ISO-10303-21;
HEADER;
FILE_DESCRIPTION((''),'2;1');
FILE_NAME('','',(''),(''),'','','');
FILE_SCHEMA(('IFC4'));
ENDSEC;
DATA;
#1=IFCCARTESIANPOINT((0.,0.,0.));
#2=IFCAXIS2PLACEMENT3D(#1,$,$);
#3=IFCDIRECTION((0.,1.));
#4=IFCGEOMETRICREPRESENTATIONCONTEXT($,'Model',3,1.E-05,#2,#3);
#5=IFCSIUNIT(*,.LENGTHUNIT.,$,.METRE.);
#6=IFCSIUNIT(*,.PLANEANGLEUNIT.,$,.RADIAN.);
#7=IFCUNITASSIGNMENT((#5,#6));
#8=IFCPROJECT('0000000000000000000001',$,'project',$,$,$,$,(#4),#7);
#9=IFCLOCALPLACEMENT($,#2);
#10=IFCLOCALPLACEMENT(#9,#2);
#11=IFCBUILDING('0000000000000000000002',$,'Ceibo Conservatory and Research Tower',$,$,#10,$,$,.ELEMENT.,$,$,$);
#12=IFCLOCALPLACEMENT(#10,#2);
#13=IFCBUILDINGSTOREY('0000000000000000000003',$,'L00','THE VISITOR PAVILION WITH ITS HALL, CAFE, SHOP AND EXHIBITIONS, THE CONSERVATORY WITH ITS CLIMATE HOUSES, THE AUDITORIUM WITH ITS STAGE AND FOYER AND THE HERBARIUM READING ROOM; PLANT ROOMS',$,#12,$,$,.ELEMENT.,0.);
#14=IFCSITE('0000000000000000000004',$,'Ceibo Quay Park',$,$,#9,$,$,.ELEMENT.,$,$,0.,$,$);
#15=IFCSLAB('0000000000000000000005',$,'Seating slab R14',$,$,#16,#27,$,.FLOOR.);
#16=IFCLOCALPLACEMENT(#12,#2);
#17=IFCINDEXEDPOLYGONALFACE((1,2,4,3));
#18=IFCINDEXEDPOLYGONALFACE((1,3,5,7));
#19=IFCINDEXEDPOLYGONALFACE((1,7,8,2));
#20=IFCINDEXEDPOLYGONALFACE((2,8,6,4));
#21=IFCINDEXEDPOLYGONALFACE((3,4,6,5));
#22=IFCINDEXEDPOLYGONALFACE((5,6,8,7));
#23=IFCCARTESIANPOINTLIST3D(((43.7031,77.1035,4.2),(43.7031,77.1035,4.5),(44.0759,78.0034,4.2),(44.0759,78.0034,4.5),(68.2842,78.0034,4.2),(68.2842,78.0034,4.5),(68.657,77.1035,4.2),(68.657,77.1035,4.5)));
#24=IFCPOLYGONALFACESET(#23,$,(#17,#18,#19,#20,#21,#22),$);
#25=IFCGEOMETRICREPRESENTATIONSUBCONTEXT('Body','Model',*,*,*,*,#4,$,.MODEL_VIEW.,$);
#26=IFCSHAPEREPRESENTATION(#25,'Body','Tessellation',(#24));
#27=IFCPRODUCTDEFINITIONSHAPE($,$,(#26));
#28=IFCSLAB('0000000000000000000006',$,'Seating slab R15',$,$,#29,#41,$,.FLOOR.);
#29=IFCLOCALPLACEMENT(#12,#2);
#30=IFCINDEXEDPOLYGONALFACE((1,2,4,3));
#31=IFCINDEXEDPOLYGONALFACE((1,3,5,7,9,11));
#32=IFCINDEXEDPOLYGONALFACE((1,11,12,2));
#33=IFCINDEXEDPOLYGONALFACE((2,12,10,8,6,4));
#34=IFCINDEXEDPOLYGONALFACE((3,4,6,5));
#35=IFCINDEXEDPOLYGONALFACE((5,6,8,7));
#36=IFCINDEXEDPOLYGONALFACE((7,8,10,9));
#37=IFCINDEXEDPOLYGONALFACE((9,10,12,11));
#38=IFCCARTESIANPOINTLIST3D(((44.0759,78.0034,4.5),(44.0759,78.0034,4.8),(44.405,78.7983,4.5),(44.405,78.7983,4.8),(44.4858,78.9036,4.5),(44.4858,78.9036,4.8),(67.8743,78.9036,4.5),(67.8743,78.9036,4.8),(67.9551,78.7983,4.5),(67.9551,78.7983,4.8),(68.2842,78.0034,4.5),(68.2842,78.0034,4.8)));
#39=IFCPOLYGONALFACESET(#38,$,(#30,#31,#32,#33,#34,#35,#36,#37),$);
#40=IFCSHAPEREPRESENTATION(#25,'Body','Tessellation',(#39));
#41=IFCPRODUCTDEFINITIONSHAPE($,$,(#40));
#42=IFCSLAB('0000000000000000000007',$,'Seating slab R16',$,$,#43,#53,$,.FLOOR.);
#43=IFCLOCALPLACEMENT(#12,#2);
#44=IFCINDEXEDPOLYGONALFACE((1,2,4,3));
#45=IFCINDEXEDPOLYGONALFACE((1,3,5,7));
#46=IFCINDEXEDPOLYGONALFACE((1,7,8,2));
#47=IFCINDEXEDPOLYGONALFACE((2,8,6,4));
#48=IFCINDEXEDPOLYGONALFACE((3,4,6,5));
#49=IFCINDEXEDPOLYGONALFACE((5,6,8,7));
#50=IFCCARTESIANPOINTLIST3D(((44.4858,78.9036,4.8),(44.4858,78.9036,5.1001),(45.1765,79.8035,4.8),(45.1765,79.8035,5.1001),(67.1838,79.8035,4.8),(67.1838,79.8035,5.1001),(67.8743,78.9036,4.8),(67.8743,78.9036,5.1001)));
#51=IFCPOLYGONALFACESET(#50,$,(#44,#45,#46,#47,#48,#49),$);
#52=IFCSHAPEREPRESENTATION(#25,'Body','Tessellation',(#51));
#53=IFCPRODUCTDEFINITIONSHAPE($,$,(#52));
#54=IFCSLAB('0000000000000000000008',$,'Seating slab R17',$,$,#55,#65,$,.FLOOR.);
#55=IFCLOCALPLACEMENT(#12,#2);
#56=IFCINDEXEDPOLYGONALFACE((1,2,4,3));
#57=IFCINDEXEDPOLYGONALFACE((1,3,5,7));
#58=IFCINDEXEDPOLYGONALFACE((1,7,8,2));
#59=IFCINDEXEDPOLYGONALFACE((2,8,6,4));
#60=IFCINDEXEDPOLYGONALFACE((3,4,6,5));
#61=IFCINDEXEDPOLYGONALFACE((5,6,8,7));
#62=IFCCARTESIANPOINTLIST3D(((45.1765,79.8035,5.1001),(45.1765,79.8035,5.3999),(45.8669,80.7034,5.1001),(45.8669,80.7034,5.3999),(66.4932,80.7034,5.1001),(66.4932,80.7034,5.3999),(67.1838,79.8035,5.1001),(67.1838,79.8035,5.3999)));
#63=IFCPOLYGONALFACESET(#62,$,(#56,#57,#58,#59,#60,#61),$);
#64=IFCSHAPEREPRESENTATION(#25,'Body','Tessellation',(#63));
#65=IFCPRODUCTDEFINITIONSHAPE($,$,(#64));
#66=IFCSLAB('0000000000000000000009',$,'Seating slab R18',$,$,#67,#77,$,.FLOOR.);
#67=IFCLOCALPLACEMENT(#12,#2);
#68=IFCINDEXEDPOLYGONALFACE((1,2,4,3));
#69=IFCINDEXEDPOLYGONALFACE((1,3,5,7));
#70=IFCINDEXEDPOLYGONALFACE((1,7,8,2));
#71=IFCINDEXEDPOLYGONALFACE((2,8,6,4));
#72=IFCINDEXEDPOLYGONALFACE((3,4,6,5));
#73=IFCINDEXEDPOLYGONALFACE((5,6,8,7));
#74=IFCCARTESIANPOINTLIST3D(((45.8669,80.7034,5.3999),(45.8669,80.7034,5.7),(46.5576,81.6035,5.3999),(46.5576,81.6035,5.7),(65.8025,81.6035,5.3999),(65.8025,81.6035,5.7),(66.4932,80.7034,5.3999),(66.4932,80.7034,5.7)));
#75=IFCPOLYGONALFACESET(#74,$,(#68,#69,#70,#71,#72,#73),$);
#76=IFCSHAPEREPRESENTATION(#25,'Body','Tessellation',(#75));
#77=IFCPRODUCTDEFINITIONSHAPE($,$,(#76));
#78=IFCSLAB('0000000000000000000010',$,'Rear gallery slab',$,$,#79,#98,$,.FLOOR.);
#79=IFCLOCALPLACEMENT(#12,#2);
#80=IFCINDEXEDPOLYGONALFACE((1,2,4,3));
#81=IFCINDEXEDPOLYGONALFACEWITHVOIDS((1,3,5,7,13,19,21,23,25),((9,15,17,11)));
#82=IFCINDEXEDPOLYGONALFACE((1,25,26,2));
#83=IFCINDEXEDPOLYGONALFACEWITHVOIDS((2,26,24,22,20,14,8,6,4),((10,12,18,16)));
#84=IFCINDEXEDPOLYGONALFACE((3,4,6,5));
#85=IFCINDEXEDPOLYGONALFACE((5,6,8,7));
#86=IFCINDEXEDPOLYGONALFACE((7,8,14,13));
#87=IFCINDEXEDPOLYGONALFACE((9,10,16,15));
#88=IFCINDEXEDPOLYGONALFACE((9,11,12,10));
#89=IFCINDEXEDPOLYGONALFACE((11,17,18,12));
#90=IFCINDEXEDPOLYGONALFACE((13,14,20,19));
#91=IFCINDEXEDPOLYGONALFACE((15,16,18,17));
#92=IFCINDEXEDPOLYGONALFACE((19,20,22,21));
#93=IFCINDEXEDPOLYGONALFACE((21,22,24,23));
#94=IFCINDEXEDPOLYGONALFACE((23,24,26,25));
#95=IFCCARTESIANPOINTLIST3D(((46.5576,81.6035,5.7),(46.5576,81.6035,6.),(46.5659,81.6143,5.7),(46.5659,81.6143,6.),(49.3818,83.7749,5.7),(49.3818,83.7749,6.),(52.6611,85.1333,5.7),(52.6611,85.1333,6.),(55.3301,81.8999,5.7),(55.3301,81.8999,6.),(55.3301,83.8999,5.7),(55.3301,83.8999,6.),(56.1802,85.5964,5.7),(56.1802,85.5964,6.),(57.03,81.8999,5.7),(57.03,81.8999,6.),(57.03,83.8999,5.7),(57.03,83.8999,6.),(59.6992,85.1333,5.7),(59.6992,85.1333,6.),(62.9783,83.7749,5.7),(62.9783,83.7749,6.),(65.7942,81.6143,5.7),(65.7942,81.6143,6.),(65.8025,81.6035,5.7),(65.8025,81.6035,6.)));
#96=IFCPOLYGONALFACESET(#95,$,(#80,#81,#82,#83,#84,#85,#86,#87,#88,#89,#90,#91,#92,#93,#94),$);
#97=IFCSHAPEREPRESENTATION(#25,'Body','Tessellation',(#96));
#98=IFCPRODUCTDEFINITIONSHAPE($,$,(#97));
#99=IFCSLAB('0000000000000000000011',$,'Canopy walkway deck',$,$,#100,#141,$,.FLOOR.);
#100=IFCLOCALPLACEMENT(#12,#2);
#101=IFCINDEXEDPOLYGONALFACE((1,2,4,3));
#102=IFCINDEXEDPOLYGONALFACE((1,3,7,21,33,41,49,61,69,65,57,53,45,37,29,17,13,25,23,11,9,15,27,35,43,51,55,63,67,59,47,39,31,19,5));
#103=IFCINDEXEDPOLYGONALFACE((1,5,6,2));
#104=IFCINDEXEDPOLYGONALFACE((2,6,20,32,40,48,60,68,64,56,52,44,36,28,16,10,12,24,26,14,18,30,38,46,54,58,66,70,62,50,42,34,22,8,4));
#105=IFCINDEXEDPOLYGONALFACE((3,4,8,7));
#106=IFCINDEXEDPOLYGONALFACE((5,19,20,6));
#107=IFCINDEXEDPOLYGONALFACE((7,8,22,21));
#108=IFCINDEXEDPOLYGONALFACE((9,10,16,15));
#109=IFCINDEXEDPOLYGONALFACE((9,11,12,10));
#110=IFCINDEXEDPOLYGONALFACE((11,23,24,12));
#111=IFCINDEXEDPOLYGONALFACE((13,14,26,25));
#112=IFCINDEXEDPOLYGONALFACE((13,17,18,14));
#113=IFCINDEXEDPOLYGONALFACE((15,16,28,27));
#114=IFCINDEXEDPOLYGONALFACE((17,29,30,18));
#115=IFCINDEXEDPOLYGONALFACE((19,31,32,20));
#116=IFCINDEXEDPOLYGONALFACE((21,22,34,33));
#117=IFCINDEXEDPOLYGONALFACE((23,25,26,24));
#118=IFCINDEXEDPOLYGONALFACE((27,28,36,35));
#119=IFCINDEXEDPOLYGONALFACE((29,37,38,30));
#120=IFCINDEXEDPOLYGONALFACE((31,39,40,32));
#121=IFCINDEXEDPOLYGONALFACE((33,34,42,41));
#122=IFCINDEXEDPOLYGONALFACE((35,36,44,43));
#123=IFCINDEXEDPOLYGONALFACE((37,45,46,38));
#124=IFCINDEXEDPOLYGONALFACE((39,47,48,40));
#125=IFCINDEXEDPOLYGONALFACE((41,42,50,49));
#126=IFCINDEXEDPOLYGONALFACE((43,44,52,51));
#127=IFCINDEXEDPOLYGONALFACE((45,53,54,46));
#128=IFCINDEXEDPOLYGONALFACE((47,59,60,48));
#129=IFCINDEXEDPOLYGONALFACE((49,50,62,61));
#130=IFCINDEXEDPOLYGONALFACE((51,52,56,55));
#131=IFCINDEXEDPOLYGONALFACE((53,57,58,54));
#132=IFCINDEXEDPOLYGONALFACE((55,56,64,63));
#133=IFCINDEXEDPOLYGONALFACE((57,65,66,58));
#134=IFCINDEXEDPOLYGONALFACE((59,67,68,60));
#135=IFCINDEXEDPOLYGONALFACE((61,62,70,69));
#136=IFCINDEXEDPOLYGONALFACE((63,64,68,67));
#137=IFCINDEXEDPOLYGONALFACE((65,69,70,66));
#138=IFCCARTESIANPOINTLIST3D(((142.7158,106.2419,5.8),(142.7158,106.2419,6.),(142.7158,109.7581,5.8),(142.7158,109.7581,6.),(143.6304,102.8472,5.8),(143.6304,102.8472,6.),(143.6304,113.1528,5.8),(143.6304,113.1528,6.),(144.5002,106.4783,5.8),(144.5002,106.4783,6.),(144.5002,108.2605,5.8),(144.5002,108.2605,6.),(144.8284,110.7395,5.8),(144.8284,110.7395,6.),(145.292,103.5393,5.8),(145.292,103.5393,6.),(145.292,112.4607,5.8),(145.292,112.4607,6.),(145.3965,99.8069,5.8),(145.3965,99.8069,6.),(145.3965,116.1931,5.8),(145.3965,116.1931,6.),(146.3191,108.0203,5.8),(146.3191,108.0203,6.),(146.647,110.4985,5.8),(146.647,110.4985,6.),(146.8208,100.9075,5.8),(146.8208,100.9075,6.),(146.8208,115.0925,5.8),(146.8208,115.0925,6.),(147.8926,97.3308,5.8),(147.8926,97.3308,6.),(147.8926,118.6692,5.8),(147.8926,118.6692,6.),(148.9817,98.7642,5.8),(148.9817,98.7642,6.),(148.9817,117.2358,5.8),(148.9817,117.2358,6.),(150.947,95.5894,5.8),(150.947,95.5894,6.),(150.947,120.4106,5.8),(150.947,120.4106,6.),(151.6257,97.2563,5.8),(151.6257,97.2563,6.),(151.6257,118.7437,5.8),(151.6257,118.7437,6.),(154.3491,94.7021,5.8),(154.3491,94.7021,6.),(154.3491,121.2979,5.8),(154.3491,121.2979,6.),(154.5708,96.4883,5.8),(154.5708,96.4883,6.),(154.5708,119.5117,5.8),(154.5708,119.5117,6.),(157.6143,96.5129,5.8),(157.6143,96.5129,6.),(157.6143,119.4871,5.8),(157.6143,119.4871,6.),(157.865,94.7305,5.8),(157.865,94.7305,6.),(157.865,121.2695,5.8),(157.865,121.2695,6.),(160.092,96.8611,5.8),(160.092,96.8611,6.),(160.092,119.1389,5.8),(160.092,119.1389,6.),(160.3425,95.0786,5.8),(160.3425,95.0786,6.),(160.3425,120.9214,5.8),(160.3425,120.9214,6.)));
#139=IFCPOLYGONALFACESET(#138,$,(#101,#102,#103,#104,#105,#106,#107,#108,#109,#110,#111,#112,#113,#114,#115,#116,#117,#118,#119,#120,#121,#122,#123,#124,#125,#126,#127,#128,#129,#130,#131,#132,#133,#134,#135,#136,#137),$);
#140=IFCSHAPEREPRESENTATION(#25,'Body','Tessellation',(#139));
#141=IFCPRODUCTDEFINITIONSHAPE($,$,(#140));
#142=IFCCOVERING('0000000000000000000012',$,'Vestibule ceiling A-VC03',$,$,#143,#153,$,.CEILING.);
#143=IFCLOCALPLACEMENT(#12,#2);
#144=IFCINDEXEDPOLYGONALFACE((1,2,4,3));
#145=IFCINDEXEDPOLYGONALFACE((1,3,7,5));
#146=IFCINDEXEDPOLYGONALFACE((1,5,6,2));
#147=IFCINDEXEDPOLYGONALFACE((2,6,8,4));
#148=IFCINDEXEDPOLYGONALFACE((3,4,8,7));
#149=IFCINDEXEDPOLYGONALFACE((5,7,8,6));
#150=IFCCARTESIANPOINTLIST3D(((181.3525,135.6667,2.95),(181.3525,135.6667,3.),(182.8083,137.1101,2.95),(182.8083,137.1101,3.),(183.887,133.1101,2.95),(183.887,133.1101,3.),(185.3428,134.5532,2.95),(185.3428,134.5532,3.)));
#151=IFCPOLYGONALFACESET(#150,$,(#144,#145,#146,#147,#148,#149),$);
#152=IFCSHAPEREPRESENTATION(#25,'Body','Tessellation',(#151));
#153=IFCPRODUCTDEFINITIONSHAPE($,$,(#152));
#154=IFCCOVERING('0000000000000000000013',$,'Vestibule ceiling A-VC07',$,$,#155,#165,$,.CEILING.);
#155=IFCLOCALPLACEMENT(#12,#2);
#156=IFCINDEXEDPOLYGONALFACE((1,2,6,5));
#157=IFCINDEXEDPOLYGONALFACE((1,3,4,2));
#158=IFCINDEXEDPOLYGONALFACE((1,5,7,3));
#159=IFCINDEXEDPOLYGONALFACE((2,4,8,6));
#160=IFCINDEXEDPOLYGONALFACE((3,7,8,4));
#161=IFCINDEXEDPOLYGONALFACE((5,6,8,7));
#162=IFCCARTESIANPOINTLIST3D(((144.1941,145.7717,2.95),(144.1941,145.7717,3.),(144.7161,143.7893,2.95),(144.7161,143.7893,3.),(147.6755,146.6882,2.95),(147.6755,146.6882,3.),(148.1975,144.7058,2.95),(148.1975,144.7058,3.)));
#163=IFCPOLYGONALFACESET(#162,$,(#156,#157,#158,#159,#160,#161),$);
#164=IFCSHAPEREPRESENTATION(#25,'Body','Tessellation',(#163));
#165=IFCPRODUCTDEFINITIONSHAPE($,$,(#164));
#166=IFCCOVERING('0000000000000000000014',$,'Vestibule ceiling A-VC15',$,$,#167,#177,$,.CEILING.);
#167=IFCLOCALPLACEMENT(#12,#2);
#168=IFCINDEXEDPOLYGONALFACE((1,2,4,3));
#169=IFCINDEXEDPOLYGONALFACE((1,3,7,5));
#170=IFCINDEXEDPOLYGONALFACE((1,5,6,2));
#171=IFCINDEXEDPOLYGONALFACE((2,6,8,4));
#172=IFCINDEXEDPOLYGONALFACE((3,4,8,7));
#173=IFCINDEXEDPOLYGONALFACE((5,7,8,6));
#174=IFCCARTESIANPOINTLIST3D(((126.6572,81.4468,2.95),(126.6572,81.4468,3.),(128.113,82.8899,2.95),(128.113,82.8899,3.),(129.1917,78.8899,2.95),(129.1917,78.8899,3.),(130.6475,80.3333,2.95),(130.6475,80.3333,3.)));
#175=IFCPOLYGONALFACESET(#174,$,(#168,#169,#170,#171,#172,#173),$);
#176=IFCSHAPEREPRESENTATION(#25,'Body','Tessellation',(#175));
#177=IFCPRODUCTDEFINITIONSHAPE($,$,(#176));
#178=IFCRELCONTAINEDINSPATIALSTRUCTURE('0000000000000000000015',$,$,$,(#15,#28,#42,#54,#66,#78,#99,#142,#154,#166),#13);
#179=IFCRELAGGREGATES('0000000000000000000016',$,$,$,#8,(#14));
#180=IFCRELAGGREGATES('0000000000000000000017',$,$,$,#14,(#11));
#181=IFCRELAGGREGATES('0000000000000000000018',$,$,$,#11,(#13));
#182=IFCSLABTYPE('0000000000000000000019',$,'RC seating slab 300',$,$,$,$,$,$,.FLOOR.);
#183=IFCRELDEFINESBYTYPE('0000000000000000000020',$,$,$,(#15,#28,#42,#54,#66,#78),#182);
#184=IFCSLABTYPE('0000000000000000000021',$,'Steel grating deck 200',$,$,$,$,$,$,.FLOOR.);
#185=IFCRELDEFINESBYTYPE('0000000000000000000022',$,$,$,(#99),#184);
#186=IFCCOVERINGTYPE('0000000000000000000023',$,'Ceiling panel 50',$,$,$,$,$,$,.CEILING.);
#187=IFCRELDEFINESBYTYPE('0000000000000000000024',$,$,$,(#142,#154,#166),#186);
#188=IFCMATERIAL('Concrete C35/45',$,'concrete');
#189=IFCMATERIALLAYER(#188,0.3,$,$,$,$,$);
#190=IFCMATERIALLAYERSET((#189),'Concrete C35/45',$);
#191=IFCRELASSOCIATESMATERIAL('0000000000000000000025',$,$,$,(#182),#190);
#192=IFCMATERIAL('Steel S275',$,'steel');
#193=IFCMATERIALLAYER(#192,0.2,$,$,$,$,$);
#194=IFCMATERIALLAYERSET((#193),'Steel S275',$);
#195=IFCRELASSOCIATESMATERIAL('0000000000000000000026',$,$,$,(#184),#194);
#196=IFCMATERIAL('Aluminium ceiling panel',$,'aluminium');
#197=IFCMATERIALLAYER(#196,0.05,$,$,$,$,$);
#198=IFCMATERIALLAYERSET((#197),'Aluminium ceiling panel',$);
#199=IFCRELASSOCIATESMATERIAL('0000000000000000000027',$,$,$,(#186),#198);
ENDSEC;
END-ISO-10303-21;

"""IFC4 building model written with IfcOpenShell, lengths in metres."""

from ifc_helpers import new_model, si_unit, direction, frame, origin, place, context, subcontext, project, spatial, polyline, outline, extrude, material, layer, layer_set, type_object, element, save


model = new_model("IFC4")

# Units and contexts
model_context = context("Model", 3, precision=1e-05, world=origin(), true_north=direction((0.0, 1.0)))
body_context = subcontext(model_context, "Body", "Model", "MODEL_VIEW")
ifc_project = project(units=[si_unit("LENGTHUNIT", "METRE"), si_unit("PLANEANGLEUNIT", "RADIAN")], contexts=[model_context])

# Site, building, storey
site_placement = place(None, origin())
site = spatial("IfcSite", under=ifc_project, at=site_placement, Name="Ceibo Quay Park", CompositionType="ELEMENT", RefElevation=0.0)
building_placement = place(site_placement, origin())
building = spatial("IfcBuilding", under=site, at=building_placement, Name="Ceibo Conservatory and Research Tower", CompositionType="ELEMENT")
storey_placement = place(building_placement, origin())
storey = spatial("IfcBuildingStorey", under=building, at=storey_placement, Name="L00", Description="THE VISITOR PAVILION WITH ITS HALL, CAFE, SHOP AND EXHIBITIONS, THE CONSERVATORY WITH ITS CLIMATE HOUSES, THE AUDITORIUM WITH ITS STAGE AND FOYER AND THE HERBARIUM READING ROOM; PLANT ROOMS", CompositionType="ELEMENT", Elevation=0.0)

# Shared definitions
ifc_material_1 = material(Name="Concrete C35/45", Category="concrete")

# Slabs
ifc_layer_1 = layer(ifc_material_1, 0.3)
ifc_layer_set_1 = layer_set([ifc_layer_1], Name="Concrete C35/45")
slab_type_1 = type_object("IfcSlabType", Name="RC seating slab 300", PredefinedType="FLOOR", material=ifc_layer_set_1)
slab_1_placement = place(storey_placement, frame((0.0, 0.0, 4.2)))
element("IfcSlab", 1, at=slab_1_placement, inside=storey, type_object=slab_type_1, Name="Seating slab R14", PredefinedType="FLOOR", context=body_context, shape_type="SweptSolid", body=[
    extrude(outline(polyline([(68.657, 77.1035), (68.2842, 78.0034), (44.0759, 78.0034), (43.7031, 77.1035), (68.657, 77.1035)])), origin(), (0.0, 0.0, 1.0), 0.3),
])
slab_2_placement = place(storey_placement, frame((0.0, 0.0, 4.5)))
element("IfcSlab", 2, at=slab_2_placement, inside=storey, type_object=slab_type_1, Name="Seating slab R15", PredefinedType="FLOOR", context=body_context, shape_type="SweptSolid", body=[
    extrude(outline(polyline([(67.9551, 78.7983), (67.8743, 78.9036), (44.4858, 78.9036), (44.405, 78.7983), (44.0759, 78.0034), (68.2842, 78.0034), (67.9551, 78.7983)])), origin(), (0.0, 0.0, 1.0), 0.3),
])
slab_3_placement = place(storey_placement, frame((0.0, 0.0, 4.8)))
element("IfcSlab", 3, at=slab_3_placement, inside=storey, type_object=slab_type_1, Name="Seating slab R16", PredefinedType="FLOOR", context=body_context, shape_type="SweptSolid", body=[
    extrude(outline(polyline([(67.8743, 78.9036), (67.1838, 79.8035), (45.1765, 79.8035), (44.4858, 78.9036), (67.8743, 78.9036)])), origin(), (0.0, 0.0, 1.0), 0.3),
])
slab_4_placement = place(storey_placement, frame((0.0, 0.0, 5.1001)))
element("IfcSlab", 4, at=slab_4_placement, inside=storey, type_object=slab_type_1, Name="Seating slab R17", PredefinedType="FLOOR", context=body_context, shape_type="SweptSolid", body=[
    extrude(outline(polyline([(67.1838, 79.8035), (66.4932, 80.7034), (45.8669, 80.7034), (45.1765, 79.8035), (67.1838, 79.8035)])), origin(), (0.0, 0.0, 1.0), 0.2998),
])
slab_5_placement = place(storey_placement, frame((0.0, 0.0, 5.3999)))
element("IfcSlab", 5, at=slab_5_placement, inside=storey, type_object=slab_type_1, Name="Seating slab R18", PredefinedType="FLOOR", context=body_context, shape_type="SweptSolid", body=[
    extrude(outline(polyline([(66.4932, 80.7034), (65.8025, 81.6035), (46.5576, 81.6035), (45.8669, 80.7034), (66.4932, 80.7034)])), origin(), (0.0, 0.0, 1.0), 0.3),
])
slab_6_placement = place(storey_placement, frame((0.0, 0.0, 5.7)))
element("IfcSlab", 6, at=slab_6_placement, inside=storey, type_object=slab_type_1, Name="Rear gallery slab", PredefinedType="FLOOR", context=body_context, shape_type="SweptSolid", body=[
    extrude(outline(polyline([(59.6992, 85.1333), (56.1802, 85.5964), (52.6611, 85.1333), (49.3818, 83.7749), (46.5659, 81.6143), (46.5576, 81.6035), (65.8025, 81.6035), (65.7942, 81.6143), (62.9783, 83.7749), (59.6992, 85.1333)]), holes=[polyline([(55.3301, 81.8999), (57.03, 81.8999), (57.03, 83.8999), (55.3301, 83.8999), (55.3301, 81.8999)])]), origin(), (0.0, 0.0, 1.0), 0.3),
])
ifc_material_2 = material(Name="Steel S275", Category="steel")
ifc_layer_2 = layer(ifc_material_2, 0.2)
ifc_layer_set_2 = layer_set([ifc_layer_2], Name="Steel S275")
slab_type_2 = type_object("IfcSlabType", Name="Steel grating deck 200", PredefinedType="FLOOR", material=ifc_layer_set_2)
slab_7_placement = place(storey_placement, frame((0.0, 0.0, 5.8)))
element("IfcSlab", 7, at=slab_7_placement, inside=storey, type_object=slab_type_2, Name="Canopy walkway deck", PredefinedType="FLOOR", context=body_context, shape_type="SweptSolid", body=[
    extrude(outline(polyline([(146.3191, 108.0203), (146.647, 110.4985), (144.8284, 110.7395), (145.292, 112.4607), (146.8208, 115.0925), (148.9817, 117.2358), (151.6257, 118.7437), (154.5708, 119.5117), (157.6143, 119.4871), (160.092, 119.1389), (160.3425, 120.9214), (157.865, 121.2695), (154.3491, 121.2979), (150.947, 120.4106), (147.8926, 118.6692), (145.3965, 116.1931), (143.6304, 113.1528), (142.7158, 109.7581), (142.7158, 106.2419), (143.6304, 102.8472), (145.3965, 99.8069), (147.8926, 97.3308), (150.947, 95.5894), (154.3491, 94.7021), (157.865, 94.7305), (160.3425, 95.0786), (160.092, 96.8611), (157.6143, 96.5129), (154.5708, 96.4883), (151.6257, 97.2563), (148.9817, 98.7642), (146.8208, 100.9075), (145.292, 103.5393), (144.5002, 106.4783), (144.5002, 108.2605), (146.3191, 108.0203)])), origin(), (0.0, 0.0, 1.0), 0.2),
])

# Coverings
ifc_material_3 = material(Name="Aluminium ceiling panel", Category="aluminium")
ifc_layer_3 = layer(ifc_material_3, 0.05)
ifc_layer_set_3 = layer_set([ifc_layer_3], Name="Aluminium ceiling panel")
covering_type = type_object("IfcCoveringType", Name="Ceiling panel 50", PredefinedType="CEILING", material=ifc_layer_set_3)
covering_1_placement = place(storey_placement, frame((0.0, 0.0, 2.95)))
element("IfcCovering", 8, at=covering_1_placement, inside=storey, type_object=covering_type, Name="Vestibule ceiling A-VC03", PredefinedType="CEILING", context=body_context, shape_type="SweptSolid", body=[
    extrude(outline(polyline([(185.3428, 134.5532), (182.8083, 137.1101), (181.3525, 135.6667), (183.887, 133.1101), (185.3428, 134.5532)])), origin(), (0.0, 0.0, 1.0), 0.05),
])
covering_2_placement = place(storey_placement, frame((0.0, 0.0, 2.95)))
element("IfcCovering", 9, at=covering_2_placement, inside=storey, type_object=covering_type, Name="Vestibule ceiling A-VC07", PredefinedType="CEILING", context=body_context, shape_type="SweptSolid", body=[
    extrude(outline(polyline([(147.6755, 146.6882), (144.1941, 145.7717), (144.7161, 143.7893), (148.1975, 144.7058), (147.6755, 146.6882)])), origin(), (0.0, 0.0, 1.0), 0.05),
])
covering_3_placement = place(storey_placement, frame((0.0, 0.0, 2.95)))
element("IfcCovering", 10, at=covering_3_placement, inside=storey, type_object=covering_type, Name="Vestibule ceiling A-VC15", PredefinedType="CEILING", context=body_context, shape_type="SweptSolid", body=[
    extrude(outline(polyline([(126.6572, 81.4468), (129.1917, 78.8899), (130.6475, 80.3333), (128.113, 82.8899), (126.6572, 81.4468)])), origin(), (0.0, 0.0, 1.0), 0.05),
])

save(model, "model.ifc")
